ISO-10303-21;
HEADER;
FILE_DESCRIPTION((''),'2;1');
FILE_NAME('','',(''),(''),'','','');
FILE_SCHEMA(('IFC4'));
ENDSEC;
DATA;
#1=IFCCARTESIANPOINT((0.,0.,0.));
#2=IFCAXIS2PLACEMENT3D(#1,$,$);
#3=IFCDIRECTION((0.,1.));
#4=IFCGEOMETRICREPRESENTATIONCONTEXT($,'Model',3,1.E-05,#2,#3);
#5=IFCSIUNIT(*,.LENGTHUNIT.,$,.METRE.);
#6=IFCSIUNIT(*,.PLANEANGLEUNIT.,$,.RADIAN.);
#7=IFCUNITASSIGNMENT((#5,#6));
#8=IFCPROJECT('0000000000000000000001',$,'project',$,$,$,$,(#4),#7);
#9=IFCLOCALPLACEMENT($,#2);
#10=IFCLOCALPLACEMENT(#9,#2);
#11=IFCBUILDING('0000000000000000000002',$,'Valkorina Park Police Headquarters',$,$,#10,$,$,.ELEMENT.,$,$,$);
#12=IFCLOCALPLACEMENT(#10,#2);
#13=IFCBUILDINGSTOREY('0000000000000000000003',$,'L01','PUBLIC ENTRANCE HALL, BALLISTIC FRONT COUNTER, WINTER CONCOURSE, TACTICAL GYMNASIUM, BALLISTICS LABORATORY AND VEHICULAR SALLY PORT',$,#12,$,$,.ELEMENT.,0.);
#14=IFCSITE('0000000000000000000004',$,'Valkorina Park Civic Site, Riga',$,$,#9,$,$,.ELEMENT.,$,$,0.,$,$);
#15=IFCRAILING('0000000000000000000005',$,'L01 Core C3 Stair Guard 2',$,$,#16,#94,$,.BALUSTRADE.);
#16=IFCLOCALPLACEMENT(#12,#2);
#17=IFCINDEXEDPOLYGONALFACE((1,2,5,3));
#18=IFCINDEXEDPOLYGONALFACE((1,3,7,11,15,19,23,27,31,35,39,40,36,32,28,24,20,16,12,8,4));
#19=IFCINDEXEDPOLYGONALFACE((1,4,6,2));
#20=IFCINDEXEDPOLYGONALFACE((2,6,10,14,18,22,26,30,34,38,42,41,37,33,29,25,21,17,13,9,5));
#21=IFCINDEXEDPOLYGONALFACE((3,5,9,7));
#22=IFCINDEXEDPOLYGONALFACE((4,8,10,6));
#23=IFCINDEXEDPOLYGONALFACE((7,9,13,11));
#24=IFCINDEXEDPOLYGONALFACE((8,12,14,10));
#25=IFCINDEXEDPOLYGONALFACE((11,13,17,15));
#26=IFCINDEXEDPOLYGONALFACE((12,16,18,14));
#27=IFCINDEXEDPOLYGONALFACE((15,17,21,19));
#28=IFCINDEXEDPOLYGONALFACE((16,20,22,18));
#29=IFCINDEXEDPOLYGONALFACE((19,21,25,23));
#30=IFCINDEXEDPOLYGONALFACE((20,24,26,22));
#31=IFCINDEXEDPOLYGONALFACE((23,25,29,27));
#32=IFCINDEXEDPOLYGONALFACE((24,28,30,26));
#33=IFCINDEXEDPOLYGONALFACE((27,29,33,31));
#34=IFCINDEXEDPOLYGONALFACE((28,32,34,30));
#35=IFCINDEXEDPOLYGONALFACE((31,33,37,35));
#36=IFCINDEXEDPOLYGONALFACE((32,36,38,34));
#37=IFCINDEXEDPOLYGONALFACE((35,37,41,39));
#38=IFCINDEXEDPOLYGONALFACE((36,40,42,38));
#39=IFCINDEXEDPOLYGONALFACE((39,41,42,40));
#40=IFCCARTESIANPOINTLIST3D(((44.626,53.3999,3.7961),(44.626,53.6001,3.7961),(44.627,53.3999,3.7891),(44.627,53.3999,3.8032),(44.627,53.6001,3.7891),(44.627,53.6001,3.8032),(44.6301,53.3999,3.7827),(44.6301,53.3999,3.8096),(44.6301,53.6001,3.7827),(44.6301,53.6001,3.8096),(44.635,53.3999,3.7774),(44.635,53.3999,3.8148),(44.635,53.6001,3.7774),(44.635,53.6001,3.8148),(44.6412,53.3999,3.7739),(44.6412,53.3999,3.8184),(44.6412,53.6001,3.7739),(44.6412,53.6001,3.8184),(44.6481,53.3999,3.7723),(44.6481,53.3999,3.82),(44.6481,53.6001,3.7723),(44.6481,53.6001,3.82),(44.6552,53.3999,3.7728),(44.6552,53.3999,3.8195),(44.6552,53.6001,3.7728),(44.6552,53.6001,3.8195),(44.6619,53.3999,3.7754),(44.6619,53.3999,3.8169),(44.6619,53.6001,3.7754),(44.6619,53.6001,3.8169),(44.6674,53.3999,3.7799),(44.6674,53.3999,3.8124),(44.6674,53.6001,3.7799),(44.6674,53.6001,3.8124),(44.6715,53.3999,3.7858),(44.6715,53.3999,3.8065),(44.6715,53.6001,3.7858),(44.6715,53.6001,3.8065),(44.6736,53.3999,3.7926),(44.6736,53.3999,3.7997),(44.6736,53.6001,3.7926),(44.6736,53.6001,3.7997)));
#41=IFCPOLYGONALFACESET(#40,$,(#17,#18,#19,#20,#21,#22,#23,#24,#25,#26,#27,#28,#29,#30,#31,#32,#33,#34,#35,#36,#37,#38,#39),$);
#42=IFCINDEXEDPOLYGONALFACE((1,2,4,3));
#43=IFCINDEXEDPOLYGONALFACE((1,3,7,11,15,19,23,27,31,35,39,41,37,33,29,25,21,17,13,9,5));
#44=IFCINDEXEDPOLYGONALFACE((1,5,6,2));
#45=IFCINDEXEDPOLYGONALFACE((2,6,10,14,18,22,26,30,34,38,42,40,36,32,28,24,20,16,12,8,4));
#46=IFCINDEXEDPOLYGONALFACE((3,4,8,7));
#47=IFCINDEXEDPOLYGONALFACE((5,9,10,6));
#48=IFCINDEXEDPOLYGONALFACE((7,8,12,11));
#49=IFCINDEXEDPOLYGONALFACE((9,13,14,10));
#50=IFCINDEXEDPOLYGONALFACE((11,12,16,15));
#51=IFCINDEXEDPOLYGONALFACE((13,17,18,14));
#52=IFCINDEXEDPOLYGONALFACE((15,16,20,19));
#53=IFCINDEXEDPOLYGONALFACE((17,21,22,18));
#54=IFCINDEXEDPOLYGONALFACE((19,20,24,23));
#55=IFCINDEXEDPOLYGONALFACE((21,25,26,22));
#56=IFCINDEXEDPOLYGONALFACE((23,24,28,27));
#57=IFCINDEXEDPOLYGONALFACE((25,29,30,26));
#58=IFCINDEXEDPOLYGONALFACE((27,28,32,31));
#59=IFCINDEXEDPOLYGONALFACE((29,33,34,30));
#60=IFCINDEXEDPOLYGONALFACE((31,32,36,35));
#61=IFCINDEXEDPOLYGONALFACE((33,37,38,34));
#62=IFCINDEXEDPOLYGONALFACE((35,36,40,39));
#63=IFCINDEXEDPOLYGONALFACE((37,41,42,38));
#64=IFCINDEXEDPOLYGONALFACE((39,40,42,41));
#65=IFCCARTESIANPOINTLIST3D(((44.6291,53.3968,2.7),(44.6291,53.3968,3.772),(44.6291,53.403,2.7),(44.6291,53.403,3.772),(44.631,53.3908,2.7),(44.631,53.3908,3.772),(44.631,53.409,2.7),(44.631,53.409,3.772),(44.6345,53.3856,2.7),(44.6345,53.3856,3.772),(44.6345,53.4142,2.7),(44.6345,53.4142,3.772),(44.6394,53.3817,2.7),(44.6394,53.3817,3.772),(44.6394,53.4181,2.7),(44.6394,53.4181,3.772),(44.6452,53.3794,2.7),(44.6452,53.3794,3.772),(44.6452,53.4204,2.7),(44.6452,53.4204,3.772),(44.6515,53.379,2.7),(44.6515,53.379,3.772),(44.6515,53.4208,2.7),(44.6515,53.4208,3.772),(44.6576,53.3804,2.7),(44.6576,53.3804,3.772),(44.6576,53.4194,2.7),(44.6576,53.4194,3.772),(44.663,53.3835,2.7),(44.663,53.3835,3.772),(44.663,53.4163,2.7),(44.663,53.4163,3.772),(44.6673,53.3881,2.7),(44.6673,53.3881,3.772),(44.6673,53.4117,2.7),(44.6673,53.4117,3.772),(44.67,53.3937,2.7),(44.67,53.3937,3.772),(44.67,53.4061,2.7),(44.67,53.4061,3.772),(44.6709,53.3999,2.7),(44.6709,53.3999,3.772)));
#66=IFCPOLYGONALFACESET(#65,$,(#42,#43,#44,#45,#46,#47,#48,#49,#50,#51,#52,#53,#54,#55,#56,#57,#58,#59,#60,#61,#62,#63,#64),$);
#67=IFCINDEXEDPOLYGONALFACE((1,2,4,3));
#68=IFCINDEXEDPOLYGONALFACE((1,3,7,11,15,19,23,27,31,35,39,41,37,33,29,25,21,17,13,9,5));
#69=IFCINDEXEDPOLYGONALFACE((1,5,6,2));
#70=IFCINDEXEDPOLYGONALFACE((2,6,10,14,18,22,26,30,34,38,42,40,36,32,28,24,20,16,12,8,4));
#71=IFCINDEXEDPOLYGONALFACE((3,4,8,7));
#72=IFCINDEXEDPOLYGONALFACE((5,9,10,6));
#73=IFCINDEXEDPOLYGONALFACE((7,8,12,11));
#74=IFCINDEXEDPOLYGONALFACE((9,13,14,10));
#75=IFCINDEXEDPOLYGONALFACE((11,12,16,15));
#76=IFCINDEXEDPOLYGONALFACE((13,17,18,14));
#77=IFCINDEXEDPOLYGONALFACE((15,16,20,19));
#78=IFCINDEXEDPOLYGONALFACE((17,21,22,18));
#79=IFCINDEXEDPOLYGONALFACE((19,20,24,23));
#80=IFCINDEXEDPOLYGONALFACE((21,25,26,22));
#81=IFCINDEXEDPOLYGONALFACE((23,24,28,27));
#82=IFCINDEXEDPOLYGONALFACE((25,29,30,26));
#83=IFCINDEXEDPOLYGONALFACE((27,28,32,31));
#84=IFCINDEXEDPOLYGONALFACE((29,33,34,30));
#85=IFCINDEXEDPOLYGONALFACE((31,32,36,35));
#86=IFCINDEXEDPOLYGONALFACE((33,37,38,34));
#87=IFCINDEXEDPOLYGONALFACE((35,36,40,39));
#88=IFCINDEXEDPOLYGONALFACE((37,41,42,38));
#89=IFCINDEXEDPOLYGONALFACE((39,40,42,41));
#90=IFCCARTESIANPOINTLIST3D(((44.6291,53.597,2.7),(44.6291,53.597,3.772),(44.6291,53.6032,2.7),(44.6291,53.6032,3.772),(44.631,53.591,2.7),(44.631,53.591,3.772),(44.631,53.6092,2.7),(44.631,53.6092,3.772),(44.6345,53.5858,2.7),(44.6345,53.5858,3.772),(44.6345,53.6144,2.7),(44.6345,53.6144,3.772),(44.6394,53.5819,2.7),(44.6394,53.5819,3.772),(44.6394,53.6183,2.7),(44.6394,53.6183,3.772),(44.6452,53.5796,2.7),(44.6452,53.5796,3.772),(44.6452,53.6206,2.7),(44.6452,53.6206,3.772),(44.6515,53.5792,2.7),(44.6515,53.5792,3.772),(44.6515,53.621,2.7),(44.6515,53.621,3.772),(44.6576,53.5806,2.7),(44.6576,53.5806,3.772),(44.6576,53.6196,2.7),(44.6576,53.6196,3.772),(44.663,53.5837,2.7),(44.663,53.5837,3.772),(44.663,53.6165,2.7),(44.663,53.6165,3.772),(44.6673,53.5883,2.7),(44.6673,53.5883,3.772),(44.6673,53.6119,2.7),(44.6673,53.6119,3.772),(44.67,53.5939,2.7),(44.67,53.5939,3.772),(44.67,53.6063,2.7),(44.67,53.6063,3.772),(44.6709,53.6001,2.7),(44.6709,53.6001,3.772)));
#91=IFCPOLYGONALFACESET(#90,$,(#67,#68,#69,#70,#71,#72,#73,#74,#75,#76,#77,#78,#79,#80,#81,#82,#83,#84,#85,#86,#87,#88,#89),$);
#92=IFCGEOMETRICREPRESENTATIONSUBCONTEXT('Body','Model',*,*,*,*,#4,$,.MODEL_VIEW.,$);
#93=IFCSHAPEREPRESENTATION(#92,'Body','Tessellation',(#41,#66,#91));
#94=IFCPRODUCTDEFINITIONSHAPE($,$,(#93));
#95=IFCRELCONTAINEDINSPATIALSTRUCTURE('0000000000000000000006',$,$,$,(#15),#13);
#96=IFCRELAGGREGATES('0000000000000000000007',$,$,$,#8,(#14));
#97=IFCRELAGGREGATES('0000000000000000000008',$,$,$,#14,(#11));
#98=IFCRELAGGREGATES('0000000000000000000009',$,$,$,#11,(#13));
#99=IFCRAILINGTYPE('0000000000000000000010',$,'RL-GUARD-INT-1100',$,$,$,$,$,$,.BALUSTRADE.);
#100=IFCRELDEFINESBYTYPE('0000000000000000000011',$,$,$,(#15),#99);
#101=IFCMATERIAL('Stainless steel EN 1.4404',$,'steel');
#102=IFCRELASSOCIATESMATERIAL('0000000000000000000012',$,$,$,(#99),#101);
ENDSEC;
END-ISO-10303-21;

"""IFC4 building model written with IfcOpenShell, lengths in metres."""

from ifc_helpers import new_model, si_unit, direction, frame, origin, origin_2d, place, context, subcontext, project, spatial, circle, extrude, material, type_object, element, save


model = new_model("IFC4")

# Units and contexts
model_context = context("Model", 3, precision=1e-05, world=origin(), true_north=direction((0.0, 1.0)))
body_context = subcontext(model_context, "Body", "Model", "MODEL_VIEW")
ifc_project = project(units=[si_unit("LENGTHUNIT", "METRE"), si_unit("PLANEANGLEUNIT", "RADIAN")], contexts=[model_context])

# Site, building, storey
site_placement = place(None, origin())
site = spatial("IfcSite", under=ifc_project, at=site_placement, Name="Valkorina Park Civic Site, Riga", CompositionType="ELEMENT", RefElevation=0.0)
building_placement = place(site_placement, origin())
building = spatial("IfcBuilding", under=site, at=building_placement, Name="Valkorina Park Police Headquarters", CompositionType="ELEMENT")
storey_placement = place(building_placement, origin())
storey = spatial("IfcBuildingStorey", under=building, at=storey_placement, Name="L01", Description="PUBLIC ENTRANCE HALL, BALLISTIC FRONT COUNTER, WINTER CONCOURSE, TACTICAL GYMNASIUM, BALLISTICS LABORATORY AND VEHICULAR SALLY PORT", CompositionType="ELEMENT", Elevation=0.0)

# Shared definitions
ifc_material_1 = material(Name="Stainless steel EN 1.4404", Category="steel")

# Railing
railing_type_1 = type_object("IfcRailingType", Name="RL-GUARD-INT-1100", PredefinedType="BALUSTRADE", material=ifc_material_1)
railing_1_placement = place(storey_placement, frame((44.6499, 53.3999, 2.7)))
element("IfcRailing", 1, at=railing_1_placement, inside=storey, type_object=railing_type_1, Name="L01 Core C3 Stair Guard 2", PredefinedType="BALUSTRADE", context=body_context, shape_type="SweptSolid", body=[
    extrude(circle(Radius=0.0239, at=origin_2d()), frame((0.0, 0.0, 1.0962), z_axis=(0.0, 1.0, 0.0), x_axis=(-1.0, 0.0, 0.0)), (0.0, 0.0, 1.0), 0.2002),
    extrude(circle(Radius=0.021, at=origin_2d()), origin(), (0.0, 0.0, 1.0), 1.072),
    extrude(circle(Radius=0.021, at=origin_2d()), frame((0.0, 0.2002, 0.0)), (0.0, 0.0, 1.0), 1.072),
])

save(model, "model.ifc")
